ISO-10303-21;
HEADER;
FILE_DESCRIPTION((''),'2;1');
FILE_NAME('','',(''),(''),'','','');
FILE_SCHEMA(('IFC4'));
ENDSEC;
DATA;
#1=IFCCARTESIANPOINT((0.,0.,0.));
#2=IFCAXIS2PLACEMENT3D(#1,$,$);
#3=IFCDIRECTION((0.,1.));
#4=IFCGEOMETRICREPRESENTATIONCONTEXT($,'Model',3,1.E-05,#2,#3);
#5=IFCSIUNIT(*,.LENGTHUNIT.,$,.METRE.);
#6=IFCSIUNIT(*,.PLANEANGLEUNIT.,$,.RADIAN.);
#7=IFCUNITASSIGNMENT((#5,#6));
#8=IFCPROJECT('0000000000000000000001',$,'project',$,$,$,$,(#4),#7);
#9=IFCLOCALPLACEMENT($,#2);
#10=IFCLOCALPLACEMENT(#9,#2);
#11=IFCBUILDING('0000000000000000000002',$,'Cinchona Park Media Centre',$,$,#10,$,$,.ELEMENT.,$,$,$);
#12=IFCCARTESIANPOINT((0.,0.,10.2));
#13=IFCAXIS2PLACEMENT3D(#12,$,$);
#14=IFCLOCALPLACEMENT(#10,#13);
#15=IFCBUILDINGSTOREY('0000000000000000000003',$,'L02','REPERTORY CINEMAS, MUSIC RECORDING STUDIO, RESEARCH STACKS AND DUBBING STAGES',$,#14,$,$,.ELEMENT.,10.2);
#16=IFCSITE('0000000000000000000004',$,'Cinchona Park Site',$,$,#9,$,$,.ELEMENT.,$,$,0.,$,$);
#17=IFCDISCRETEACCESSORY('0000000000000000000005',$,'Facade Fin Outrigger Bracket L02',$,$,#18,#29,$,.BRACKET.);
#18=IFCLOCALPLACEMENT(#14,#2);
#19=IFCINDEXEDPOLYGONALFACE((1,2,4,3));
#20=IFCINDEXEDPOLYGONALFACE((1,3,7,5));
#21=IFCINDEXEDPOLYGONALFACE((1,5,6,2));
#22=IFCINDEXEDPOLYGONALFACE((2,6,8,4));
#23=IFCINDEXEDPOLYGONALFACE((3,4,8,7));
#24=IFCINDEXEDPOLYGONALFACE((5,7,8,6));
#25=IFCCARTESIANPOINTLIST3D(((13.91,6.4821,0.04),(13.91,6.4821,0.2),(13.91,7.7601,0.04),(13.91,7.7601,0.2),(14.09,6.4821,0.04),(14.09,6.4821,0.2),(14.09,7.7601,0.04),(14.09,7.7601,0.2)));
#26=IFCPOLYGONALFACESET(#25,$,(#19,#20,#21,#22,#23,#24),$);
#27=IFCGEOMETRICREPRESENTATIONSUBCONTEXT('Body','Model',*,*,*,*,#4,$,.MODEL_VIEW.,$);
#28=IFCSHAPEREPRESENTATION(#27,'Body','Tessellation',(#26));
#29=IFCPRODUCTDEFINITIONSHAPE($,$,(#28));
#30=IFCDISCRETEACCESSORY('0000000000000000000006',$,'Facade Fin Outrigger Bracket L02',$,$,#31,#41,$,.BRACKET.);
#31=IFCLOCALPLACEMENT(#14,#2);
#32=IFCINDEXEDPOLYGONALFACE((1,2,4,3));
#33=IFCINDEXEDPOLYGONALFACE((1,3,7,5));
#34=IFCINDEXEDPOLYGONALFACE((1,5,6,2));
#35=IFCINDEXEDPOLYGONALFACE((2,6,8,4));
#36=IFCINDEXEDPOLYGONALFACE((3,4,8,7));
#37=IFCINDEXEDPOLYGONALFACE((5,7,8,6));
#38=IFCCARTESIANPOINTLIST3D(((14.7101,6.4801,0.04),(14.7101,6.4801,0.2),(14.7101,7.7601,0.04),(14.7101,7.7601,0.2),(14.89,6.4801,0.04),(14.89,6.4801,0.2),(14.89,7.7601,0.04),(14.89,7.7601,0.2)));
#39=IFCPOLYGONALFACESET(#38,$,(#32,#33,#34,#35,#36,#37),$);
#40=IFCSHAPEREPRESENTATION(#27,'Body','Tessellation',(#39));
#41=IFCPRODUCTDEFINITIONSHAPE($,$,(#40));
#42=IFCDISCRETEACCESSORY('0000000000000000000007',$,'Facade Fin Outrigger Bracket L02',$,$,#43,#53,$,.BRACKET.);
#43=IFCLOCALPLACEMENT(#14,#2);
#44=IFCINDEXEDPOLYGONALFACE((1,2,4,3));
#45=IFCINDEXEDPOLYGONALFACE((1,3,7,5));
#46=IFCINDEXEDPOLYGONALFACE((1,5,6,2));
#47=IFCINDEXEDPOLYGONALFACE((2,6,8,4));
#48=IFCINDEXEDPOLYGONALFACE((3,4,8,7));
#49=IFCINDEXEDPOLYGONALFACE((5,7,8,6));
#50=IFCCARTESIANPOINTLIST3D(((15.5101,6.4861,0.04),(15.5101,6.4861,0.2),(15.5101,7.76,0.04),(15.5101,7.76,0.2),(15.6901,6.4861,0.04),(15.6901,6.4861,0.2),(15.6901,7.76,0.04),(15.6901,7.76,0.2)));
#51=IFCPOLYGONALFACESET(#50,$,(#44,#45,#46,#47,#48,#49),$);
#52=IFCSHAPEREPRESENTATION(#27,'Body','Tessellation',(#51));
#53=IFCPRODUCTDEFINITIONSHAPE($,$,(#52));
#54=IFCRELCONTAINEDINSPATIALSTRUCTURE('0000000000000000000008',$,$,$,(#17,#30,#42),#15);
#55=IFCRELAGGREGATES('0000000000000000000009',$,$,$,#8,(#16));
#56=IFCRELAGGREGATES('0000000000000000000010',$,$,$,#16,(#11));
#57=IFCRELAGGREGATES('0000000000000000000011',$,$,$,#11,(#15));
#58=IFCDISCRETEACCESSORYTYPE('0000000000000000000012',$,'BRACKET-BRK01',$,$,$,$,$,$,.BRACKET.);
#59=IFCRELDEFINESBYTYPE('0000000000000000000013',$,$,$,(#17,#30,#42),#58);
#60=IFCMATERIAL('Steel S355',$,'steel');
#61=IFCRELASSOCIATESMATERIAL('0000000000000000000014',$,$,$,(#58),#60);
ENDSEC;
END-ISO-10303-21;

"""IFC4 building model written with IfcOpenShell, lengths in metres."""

from ifc_helpers import new_model, si_unit, direction, frame, origin, origin_2d, place, context, subcontext, project, spatial, rectangle, extrude, material, type_object, element, save


model = new_model("IFC4")

# Units and contexts
model_context = context("Model", 3, precision=1e-05, world=origin(), true_north=direction((0.0, 1.0)))
body_context = subcontext(model_context, "Body", "Model", "MODEL_VIEW")
ifc_project = project(units=[si_unit("LENGTHUNIT", "METRE"), si_unit("PLANEANGLEUNIT", "RADIAN")], contexts=[model_context])

# Site, building, storey
site_placement = place(None, origin())
site = spatial("IfcSite", under=ifc_project, at=site_placement, Name="Cinchona Park Site", CompositionType="ELEMENT", RefElevation=0.0)
building_placement = place(site_placement, origin())
building = spatial("IfcBuilding", under=site, at=building_placement, Name="Cinchona Park Media Centre", CompositionType="ELEMENT")
storey_placement = place(building_placement, frame((0.0, 0.0, 10.2)))
storey = spatial("IfcBuildingStorey", under=building, at=storey_placement, Name="L02", Description="REPERTORY CINEMAS, MUSIC RECORDING STUDIO, RESEARCH STACKS AND DUBBING STAGES", CompositionType="ELEMENT", Elevation=10.2)

# Discrete accessories
ifc_material_1 = material(Name="Steel S355", Category="steel")
discrete_accessory_type = type_object("IfcDiscreteAccessoryType", Name="BRACKET-BRK01", PredefinedType="BRACKET", material=ifc_material_1)
discrete_accessory_1_placement = place(storey_placement, frame((14.0, 7.1211, 0.04), z_axis=(0.0, 0.0, 1.0), x_axis=(1.0, 0.0, 0.0)))
element("IfcDiscreteAccessory", 1, at=discrete_accessory_1_placement, inside=storey, type_object=discrete_accessory_type, Name="Facade Fin Outrigger Bracket L02", PredefinedType="BRACKET", context=body_context, shape_type="SweptSolid", body=[
    extrude(rectangle(XDim=0.1799, YDim=1.2781, at=origin_2d()), origin(), (0.0, 0.0, 1.0), 0.1599),
])
discrete_accessory_2_placement = place(storey_placement, frame((14.8, 7.1201, 0.04), z_axis=(0.0, 0.0, 1.0), x_axis=(1.0, 0.0, 0.0)))
element("IfcDiscreteAccessory", 2, at=discrete_accessory_2_placement, inside=storey, type_object=discrete_accessory_type, Name="Facade Fin Outrigger Bracket L02", PredefinedType="BRACKET", context=body_context, shape_type="SweptSolid", body=[
    extrude(rectangle(XDim=0.1799, YDim=1.28, at=origin_2d()), origin(), (0.0, 0.0, 1.0), 0.1599),
])
discrete_accessory_3_placement = place(storey_placement, frame((15.6001, 7.123, 0.04), z_axis=(0.0, 0.0, 1.0), x_axis=(1.0, 0.0, 0.0)))
element("IfcDiscreteAccessory", 3, at=discrete_accessory_3_placement, inside=storey, type_object=discrete_accessory_type, Name="Facade Fin Outrigger Bracket L02", PredefinedType="BRACKET", context=body_context, shape_type="SweptSolid", body=[
    extrude(rectangle(XDim=0.1799, YDim=1.2739, at=origin_2d()), origin(), (0.0, 0.0, 1.0), 0.1599),
])

save(model, "model.ifc")
